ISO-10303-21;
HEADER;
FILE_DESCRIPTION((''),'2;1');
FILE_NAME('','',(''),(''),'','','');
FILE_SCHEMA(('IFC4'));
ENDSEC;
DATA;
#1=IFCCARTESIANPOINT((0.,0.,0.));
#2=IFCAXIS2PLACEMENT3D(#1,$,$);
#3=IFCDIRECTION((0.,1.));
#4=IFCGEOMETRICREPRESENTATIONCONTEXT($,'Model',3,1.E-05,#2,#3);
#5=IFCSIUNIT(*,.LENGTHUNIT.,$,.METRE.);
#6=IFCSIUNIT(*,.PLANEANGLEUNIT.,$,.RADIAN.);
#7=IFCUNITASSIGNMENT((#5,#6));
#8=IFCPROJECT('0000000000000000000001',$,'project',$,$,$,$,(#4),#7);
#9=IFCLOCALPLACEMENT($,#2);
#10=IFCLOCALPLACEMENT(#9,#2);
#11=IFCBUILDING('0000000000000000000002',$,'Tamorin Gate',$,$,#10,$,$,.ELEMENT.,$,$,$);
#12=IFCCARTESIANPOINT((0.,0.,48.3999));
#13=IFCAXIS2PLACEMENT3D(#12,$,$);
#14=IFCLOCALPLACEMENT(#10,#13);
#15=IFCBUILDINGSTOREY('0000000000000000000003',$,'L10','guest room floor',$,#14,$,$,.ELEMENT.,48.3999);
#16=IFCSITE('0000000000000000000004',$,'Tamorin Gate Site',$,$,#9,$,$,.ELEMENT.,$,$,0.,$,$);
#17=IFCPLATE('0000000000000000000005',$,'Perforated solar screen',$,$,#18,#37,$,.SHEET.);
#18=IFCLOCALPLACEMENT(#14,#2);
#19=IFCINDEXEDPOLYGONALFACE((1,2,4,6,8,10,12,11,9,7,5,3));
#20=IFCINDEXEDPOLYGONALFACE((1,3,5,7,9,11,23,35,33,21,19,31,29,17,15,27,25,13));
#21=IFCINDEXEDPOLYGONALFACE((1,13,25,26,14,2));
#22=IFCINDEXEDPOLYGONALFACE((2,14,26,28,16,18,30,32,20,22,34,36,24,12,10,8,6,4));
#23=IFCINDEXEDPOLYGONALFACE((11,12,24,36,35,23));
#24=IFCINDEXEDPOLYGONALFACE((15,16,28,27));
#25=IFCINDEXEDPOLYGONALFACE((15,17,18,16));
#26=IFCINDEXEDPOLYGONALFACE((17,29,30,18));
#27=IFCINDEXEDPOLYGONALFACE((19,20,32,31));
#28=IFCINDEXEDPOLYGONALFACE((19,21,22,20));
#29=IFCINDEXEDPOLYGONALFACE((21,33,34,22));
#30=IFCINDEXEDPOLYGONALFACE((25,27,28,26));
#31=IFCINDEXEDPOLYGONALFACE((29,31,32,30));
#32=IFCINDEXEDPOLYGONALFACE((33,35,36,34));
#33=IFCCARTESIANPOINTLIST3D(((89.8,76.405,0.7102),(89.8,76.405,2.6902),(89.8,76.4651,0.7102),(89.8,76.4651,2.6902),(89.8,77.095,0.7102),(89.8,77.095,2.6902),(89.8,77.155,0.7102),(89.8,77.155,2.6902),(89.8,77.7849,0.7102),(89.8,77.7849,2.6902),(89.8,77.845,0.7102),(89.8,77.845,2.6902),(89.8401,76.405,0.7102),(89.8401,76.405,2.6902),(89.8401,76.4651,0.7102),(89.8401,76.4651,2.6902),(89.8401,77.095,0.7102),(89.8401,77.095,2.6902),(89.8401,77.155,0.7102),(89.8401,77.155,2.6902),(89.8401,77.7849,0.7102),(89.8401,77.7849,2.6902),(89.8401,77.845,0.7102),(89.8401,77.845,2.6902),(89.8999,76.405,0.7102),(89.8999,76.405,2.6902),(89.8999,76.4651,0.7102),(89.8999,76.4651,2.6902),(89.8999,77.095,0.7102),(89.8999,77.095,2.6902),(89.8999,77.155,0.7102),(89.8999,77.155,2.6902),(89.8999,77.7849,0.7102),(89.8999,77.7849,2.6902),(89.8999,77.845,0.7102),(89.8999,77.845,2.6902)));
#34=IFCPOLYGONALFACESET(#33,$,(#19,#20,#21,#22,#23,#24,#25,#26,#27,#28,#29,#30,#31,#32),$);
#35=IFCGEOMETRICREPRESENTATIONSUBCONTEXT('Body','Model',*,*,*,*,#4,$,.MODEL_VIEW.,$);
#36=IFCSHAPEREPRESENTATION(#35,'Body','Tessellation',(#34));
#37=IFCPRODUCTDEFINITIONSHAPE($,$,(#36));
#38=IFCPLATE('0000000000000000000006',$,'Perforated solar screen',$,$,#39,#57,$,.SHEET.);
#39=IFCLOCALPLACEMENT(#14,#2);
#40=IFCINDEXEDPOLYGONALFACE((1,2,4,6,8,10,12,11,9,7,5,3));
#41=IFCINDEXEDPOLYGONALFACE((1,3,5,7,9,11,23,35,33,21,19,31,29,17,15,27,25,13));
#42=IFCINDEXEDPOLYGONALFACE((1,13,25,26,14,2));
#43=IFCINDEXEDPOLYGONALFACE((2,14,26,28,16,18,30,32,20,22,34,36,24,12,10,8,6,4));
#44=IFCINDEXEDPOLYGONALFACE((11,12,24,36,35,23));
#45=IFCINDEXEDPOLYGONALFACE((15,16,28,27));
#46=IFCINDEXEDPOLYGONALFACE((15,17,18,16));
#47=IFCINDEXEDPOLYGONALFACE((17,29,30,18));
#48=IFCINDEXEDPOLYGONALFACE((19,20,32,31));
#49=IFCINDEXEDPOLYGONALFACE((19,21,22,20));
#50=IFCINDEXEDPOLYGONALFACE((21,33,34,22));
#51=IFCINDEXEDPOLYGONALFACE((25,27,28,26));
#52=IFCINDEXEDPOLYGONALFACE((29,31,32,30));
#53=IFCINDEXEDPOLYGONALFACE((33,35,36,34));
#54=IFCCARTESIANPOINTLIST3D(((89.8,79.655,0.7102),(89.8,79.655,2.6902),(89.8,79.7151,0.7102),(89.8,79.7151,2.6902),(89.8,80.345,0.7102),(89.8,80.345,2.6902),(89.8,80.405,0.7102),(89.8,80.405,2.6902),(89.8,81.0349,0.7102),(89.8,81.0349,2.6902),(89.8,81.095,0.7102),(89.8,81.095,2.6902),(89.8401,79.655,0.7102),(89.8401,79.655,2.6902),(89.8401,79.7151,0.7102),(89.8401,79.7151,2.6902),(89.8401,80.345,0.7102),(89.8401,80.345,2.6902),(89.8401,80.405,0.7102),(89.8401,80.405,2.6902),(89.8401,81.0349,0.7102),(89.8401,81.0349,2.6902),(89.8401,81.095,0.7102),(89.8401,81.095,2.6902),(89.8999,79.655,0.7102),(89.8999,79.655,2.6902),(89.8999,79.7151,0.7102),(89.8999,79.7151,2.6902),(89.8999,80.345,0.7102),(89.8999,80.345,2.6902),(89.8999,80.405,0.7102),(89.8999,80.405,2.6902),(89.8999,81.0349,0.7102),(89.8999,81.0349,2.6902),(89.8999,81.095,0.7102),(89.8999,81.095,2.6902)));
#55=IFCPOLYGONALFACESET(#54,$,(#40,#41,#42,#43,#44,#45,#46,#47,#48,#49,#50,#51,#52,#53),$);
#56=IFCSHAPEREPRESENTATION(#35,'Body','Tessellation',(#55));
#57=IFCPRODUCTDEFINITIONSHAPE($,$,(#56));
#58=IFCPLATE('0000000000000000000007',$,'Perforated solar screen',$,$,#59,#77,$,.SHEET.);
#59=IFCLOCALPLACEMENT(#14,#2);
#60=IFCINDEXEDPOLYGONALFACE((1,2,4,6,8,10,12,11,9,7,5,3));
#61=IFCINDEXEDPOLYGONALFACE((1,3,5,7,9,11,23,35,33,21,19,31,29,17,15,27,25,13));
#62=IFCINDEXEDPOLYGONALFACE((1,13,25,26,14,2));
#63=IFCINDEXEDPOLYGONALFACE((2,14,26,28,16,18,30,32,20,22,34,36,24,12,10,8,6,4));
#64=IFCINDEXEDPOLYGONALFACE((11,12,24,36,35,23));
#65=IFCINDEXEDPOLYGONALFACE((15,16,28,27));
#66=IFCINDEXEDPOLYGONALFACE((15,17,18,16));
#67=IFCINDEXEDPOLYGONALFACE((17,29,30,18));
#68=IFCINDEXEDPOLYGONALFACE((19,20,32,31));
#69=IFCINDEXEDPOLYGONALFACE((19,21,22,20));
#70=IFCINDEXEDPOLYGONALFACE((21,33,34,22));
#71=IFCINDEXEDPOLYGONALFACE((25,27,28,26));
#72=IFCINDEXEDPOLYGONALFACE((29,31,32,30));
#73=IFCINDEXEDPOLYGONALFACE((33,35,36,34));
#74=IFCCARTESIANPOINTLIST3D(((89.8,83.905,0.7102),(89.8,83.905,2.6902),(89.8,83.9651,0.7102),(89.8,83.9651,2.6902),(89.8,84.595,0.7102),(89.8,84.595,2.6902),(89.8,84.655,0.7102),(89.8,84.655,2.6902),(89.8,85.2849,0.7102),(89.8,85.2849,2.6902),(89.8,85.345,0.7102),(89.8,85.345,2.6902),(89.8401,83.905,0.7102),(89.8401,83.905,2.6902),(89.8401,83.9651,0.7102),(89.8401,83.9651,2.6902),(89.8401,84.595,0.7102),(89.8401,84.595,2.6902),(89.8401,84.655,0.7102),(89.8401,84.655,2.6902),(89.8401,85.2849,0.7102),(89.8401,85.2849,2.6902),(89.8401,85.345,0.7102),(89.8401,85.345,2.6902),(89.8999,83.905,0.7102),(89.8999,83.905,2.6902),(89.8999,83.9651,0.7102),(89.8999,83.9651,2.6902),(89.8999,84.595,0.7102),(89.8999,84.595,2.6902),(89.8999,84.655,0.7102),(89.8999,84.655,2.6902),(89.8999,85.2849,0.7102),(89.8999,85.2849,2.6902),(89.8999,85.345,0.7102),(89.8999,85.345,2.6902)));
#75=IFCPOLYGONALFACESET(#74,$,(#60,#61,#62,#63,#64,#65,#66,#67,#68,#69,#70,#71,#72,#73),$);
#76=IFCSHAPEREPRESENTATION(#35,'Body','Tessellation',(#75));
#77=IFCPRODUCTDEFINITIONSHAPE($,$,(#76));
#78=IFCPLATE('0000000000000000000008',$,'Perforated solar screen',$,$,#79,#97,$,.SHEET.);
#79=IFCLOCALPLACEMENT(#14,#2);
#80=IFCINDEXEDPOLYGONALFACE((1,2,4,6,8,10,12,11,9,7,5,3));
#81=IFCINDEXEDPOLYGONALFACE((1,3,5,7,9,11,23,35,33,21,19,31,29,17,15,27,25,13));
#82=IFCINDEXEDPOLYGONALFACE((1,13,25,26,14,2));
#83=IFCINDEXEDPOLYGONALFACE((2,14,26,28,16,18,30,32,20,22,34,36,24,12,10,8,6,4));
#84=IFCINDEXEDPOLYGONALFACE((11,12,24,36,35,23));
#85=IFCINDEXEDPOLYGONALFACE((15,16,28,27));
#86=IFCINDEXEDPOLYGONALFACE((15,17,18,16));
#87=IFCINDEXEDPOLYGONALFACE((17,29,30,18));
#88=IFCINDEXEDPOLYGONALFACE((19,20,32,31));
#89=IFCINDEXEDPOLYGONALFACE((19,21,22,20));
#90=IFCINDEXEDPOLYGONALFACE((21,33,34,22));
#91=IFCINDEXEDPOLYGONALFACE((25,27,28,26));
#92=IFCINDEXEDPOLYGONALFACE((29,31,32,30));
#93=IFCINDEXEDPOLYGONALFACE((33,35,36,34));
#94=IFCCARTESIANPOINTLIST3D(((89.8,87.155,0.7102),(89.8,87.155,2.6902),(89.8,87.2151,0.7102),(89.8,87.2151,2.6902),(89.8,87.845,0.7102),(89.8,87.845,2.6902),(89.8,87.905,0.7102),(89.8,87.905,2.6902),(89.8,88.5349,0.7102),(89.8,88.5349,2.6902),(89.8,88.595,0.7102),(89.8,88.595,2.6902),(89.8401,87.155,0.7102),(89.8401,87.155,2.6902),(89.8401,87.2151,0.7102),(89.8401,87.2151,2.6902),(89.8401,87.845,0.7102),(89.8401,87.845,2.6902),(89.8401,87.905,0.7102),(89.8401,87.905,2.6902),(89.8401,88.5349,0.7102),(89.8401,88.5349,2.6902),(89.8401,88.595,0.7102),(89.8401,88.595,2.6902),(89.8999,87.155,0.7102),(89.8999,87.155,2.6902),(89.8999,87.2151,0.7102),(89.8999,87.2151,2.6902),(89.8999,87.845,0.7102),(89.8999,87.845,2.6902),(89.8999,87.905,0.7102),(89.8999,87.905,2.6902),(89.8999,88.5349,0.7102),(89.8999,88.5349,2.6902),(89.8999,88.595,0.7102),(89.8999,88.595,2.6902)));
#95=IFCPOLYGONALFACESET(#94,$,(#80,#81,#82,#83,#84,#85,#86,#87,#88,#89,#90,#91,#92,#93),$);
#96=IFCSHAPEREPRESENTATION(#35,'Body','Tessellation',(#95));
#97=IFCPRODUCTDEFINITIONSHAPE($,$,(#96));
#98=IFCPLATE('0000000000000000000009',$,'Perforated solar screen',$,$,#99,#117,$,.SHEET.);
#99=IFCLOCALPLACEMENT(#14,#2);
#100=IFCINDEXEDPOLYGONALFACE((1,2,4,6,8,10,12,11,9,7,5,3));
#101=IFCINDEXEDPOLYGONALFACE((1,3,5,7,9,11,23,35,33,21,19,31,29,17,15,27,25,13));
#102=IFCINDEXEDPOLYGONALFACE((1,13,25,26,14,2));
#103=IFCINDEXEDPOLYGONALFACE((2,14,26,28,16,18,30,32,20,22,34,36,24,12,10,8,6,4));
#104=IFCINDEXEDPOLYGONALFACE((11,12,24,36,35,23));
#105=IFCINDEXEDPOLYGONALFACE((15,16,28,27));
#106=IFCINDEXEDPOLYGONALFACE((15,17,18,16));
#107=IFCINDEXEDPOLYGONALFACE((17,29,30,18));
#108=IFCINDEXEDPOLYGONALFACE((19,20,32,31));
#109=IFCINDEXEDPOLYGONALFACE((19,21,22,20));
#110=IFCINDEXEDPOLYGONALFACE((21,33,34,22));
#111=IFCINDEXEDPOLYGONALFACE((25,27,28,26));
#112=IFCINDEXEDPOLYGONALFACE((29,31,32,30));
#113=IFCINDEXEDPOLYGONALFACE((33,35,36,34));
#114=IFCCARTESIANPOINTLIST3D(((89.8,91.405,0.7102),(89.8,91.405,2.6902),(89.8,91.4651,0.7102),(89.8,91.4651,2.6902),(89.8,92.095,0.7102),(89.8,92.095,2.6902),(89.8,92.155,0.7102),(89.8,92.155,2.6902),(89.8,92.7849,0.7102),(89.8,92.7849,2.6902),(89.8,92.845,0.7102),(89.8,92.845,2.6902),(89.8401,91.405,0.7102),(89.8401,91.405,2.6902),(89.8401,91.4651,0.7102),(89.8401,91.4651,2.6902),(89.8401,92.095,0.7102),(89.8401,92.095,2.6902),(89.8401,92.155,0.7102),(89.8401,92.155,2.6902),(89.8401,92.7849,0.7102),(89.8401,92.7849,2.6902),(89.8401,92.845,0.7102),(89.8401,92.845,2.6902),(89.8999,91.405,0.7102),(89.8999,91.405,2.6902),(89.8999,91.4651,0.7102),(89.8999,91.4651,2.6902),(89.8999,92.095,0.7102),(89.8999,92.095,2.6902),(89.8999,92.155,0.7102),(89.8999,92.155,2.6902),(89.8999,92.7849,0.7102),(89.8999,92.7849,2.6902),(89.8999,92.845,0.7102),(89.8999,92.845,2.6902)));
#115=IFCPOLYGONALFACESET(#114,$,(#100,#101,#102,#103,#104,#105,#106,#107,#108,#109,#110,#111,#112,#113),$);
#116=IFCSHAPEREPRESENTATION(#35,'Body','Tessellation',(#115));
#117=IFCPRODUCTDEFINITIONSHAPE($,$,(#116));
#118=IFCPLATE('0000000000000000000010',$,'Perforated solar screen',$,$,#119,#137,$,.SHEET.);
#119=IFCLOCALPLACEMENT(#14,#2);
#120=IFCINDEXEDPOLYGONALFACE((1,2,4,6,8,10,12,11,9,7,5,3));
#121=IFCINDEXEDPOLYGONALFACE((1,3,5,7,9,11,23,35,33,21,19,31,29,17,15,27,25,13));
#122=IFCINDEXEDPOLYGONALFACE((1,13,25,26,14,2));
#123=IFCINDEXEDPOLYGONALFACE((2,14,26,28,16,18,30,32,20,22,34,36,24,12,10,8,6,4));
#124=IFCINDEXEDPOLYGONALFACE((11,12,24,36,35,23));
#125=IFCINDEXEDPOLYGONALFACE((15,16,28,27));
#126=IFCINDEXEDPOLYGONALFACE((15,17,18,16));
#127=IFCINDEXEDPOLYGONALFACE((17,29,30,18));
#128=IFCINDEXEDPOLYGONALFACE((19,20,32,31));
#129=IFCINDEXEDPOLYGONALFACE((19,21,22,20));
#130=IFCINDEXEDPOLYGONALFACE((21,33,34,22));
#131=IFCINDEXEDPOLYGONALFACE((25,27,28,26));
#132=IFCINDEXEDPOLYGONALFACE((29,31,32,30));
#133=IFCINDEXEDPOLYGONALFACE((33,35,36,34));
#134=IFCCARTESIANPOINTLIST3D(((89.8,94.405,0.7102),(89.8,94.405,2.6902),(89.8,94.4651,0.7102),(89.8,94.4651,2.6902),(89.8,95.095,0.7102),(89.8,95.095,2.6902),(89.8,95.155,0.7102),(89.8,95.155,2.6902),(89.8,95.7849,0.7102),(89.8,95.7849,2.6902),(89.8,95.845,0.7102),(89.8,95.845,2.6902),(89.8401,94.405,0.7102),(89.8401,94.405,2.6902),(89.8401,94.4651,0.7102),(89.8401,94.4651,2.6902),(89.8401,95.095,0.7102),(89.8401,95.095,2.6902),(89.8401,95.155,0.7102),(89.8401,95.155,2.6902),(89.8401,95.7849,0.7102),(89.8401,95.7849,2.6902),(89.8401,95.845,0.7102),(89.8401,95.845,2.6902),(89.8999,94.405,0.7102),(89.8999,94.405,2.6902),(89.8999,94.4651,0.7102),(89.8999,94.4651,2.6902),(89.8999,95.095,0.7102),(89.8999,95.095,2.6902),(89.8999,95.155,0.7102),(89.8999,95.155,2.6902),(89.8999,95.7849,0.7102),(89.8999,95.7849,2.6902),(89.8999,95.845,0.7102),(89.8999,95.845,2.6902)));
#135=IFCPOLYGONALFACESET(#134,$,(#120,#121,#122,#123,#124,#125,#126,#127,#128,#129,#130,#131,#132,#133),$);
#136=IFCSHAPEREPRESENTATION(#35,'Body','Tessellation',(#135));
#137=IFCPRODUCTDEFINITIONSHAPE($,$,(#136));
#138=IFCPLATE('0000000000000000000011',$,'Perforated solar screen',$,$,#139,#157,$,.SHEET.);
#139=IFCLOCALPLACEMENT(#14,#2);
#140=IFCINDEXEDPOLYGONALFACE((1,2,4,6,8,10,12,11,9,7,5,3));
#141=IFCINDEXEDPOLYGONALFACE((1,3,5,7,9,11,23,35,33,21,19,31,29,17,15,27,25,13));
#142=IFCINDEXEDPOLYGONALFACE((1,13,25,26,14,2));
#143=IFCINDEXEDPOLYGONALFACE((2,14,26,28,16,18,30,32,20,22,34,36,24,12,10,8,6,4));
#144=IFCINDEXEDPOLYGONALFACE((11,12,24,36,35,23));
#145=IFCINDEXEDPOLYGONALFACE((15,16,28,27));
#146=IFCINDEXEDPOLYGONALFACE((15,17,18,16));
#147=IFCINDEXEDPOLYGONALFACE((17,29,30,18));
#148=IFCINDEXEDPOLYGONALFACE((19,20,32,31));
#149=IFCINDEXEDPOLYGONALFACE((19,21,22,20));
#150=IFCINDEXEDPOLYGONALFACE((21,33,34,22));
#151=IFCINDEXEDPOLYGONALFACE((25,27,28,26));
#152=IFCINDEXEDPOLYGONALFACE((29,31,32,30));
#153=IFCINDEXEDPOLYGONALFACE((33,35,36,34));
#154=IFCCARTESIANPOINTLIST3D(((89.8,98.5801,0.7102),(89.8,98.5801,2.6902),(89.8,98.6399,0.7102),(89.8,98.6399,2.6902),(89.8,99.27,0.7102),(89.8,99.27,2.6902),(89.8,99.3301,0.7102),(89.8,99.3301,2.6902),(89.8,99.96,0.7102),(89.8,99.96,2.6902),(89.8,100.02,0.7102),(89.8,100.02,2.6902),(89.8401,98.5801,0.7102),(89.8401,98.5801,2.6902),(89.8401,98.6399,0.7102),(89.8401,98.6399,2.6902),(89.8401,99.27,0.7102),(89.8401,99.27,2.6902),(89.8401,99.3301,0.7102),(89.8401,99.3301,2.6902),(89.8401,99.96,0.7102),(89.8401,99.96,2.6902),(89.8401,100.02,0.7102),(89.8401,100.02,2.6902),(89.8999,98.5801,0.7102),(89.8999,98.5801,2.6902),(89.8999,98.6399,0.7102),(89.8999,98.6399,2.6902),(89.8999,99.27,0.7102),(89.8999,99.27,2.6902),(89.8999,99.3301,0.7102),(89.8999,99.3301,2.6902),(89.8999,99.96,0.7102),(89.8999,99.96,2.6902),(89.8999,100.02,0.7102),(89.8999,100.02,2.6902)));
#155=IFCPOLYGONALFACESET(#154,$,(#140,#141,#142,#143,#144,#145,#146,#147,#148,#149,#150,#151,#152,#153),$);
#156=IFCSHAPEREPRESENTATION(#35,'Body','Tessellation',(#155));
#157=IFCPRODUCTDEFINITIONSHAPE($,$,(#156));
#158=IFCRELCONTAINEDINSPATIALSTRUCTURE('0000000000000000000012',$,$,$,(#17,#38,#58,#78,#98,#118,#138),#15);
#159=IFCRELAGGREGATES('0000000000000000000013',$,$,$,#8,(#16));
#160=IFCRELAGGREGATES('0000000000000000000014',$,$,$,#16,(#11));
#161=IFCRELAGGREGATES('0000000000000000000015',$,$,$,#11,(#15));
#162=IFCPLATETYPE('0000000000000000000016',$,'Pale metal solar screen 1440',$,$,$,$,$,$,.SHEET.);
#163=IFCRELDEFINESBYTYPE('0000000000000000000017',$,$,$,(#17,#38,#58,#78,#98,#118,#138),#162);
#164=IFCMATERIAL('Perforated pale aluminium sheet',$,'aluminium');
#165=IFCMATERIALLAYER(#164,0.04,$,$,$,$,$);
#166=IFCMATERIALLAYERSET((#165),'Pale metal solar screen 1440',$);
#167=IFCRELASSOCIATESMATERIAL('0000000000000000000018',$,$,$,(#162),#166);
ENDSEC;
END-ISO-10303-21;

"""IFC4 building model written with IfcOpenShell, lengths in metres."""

from ifc_helpers import new_model, si_unit, direction, frame, origin, place, context, subcontext, project, spatial, polyline, outline, extrude, material, layer, layer_set, type_object, element, save


model = new_model("IFC4")

# Units and contexts
model_context = context("Model", 3, precision=1e-05, world=origin(), true_north=direction((0.0, 1.0)))
body_context = subcontext(model_context, "Body", "Model", "MODEL_VIEW")
ifc_project = project(units=[si_unit("LENGTHUNIT", "METRE"), si_unit("PLANEANGLEUNIT", "RADIAN")], contexts=[model_context])

# Site, building, storey
site_placement = place(None, origin())
site = spatial("IfcSite", under=ifc_project, at=site_placement, Name="Tamorin Gate Site", CompositionType="ELEMENT", RefElevation=0.0)
building_placement = place(site_placement, origin())
building = spatial("IfcBuilding", under=site, at=building_placement, Name="Tamorin Gate", CompositionType="ELEMENT")
storey_placement = place(building_placement, frame((0.0, 0.0, 48.3999)))
storey = spatial("IfcBuildingStorey", under=building, at=storey_placement, Name="L10", Description="guest room floor", CompositionType="ELEMENT", Elevation=48.3999)

# Plates
ifc_material = material(Name="Perforated pale aluminium sheet", Category="aluminium")
ifc_layer = layer(ifc_material, 0.04)
ifc_layer_set = layer_set([ifc_layer], Name="Pale metal solar screen 1440")
plate_type = type_object("IfcPlateType", Name="Pale metal solar screen 1440", PredefinedType="SHEET", material=ifc_layer_set)
plate_1_placement = place(storey_placement, frame((0.0, 0.0, 0.7102)))
element("IfcPlate", 1, at=plate_1_placement, inside=storey, type_object=plate_type, Name="Perforated solar screen", PredefinedType="SHEET", context=body_context, shape_type="SweptSolid", body=[
    extrude(outline(polyline([(89.8401, 76.405), (89.8, 76.405), (89.8, 76.4651), (89.8, 77.095), (89.8, 77.155), (89.8, 77.7849), (89.8, 77.845), (89.8401, 77.845), (89.8999, 77.845), (89.8999, 77.7849), (89.8401, 77.7849), (89.8401, 77.155), (89.8999, 77.155), (89.8999, 77.095), (89.8401, 77.095), (89.8401, 76.4651), (89.8999, 76.4651), (89.8999, 76.405), (89.8401, 76.405)])), origin(), (0.0, 0.0, 1.0), 1.98),
])
plate_2_placement = place(storey_placement, frame((0.0, 0.0, 0.7102)))
element("IfcPlate", 2, at=plate_2_placement, inside=storey, type_object=plate_type, Name="Perforated solar screen", PredefinedType="SHEET", context=body_context, shape_type="SweptSolid", body=[
    extrude(outline(polyline([(89.8401, 79.655), (89.8, 79.655), (89.8, 79.7151), (89.8, 80.345), (89.8, 80.405), (89.8, 81.0349), (89.8, 81.095), (89.8401, 81.095), (89.8999, 81.095), (89.8999, 81.0349), (89.8401, 81.0349), (89.8401, 80.405), (89.8999, 80.405), (89.8999, 80.345), (89.8401, 80.345), (89.8401, 79.7151), (89.8999, 79.7151), (89.8999, 79.655), (89.8401, 79.655)])), origin(), (0.0, 0.0, 1.0), 1.98),
])
plate_3_placement = place(storey_placement, frame((0.0, 0.0, 0.7102)))
element("IfcPlate", 3, at=plate_3_placement, inside=storey, type_object=plate_type, Name="Perforated solar screen", PredefinedType="SHEET", context=body_context, shape_type="SweptSolid", body=[
    extrude(outline(polyline([(89.8401, 83.905), (89.8, 83.905), (89.8, 83.9651), (89.8, 84.595), (89.8, 84.655), (89.8, 85.2849), (89.8, 85.345), (89.8401, 85.345), (89.8999, 85.345), (89.8999, 85.2849), (89.8401, 85.2849), (89.8401, 84.655), (89.8999, 84.655), (89.8999, 84.595), (89.8401, 84.595), (89.8401, 83.9651), (89.8999, 83.9651), (89.8999, 83.905), (89.8401, 83.905)])), origin(), (0.0, 0.0, 1.0), 1.98),
])
plate_4_placement = place(storey_placement, frame((0.0, 0.0, 0.7102)))
element("IfcPlate", 4, at=plate_4_placement, inside=storey, type_object=plate_type, Name="Perforated solar screen", PredefinedType="SHEET", context=body_context, shape_type="SweptSolid", body=[
    extrude(outline(polyline([(89.8401, 87.155), (89.8, 87.155), (89.8, 87.2151), (89.8, 87.845), (89.8, 87.905), (89.8, 88.5349), (89.8, 88.595), (89.8401, 88.595), (89.8999, 88.595), (89.8999, 88.5349), (89.8401, 88.5349), (89.8401, 87.905), (89.8999, 87.905), (89.8999, 87.845), (89.8401, 87.845), (89.8401, 87.2151), (89.8999, 87.2151), (89.8999, 87.155), (89.8401, 87.155)])), origin(), (0.0, 0.0, 1.0), 1.98),
])
plate_5_placement = place(storey_placement, frame((0.0, 0.0, 0.7102)))
element("IfcPlate", 5, at=plate_5_placement, inside=storey, type_object=plate_type, Name="Perforated solar screen", PredefinedType="SHEET", context=body_context, shape_type="SweptSolid", body=[
    extrude(outline(polyline([(89.8401, 91.405), (89.8, 91.405), (89.8, 91.4651), (89.8, 92.095), (89.8, 92.155), (89.8, 92.7849), (89.8, 92.845), (89.8401, 92.845), (89.8999, 92.845), (89.8999, 92.7849), (89.8401, 92.7849), (89.8401, 92.155), (89.8999, 92.155), (89.8999, 92.095), (89.8401, 92.095), (89.8401, 91.4651), (89.8999, 91.4651), (89.8999, 91.405), (89.8401, 91.405)])), origin(), (0.0, 0.0, 1.0), 1.98),
])
plate_6_placement = place(storey_placement, frame((0.0, 0.0, 0.7102)))
element("IfcPlate", 6, at=plate_6_placement, inside=storey, type_object=plate_type, Name="Perforated solar screen", PredefinedType="SHEET", context=body_context, shape_type="SweptSolid", body=[
    extrude(outline(polyline([(89.8401, 94.405), (89.8, 94.405), (89.8, 94.4651), (89.8, 95.095), (89.8, 95.155), (89.8, 95.7849), (89.8, 95.845), (89.8401, 95.845), (89.8999, 95.845), (89.8999, 95.7849), (89.8401, 95.7849), (89.8401, 95.155), (89.8999, 95.155), (89.8999, 95.095), (89.8401, 95.095), (89.8401, 94.4651), (89.8999, 94.4651), (89.8999, 94.405), (89.8401, 94.405)])), origin(), (0.0, 0.0, 1.0), 1.98),
])
plate_7_placement = place(storey_placement, frame((0.0, 0.0, 0.7102)))
element("IfcPlate", 7, at=plate_7_placement, inside=storey, type_object=plate_type, Name="Perforated solar screen", PredefinedType="SHEET", context=body_context, shape_type="SweptSolid", body=[
    extrude(outline(polyline([(89.8401, 98.5801), (89.8, 98.5801), (89.8, 98.6399), (89.8, 99.27), (89.8, 99.3301), (89.8, 99.96), (89.8, 100.02), (89.8401, 100.02), (89.8999, 100.02), (89.8999, 99.96), (89.8401, 99.96), (89.8401, 99.3301), (89.8999, 99.3301), (89.8999, 99.27), (89.8401, 99.27), (89.8401, 98.6399), (89.8999, 98.6399), (89.8999, 98.5801), (89.8401, 98.5801)])), origin(), (0.0, 0.0, 1.0), 1.98),
])

save(model, "model.ifc")
